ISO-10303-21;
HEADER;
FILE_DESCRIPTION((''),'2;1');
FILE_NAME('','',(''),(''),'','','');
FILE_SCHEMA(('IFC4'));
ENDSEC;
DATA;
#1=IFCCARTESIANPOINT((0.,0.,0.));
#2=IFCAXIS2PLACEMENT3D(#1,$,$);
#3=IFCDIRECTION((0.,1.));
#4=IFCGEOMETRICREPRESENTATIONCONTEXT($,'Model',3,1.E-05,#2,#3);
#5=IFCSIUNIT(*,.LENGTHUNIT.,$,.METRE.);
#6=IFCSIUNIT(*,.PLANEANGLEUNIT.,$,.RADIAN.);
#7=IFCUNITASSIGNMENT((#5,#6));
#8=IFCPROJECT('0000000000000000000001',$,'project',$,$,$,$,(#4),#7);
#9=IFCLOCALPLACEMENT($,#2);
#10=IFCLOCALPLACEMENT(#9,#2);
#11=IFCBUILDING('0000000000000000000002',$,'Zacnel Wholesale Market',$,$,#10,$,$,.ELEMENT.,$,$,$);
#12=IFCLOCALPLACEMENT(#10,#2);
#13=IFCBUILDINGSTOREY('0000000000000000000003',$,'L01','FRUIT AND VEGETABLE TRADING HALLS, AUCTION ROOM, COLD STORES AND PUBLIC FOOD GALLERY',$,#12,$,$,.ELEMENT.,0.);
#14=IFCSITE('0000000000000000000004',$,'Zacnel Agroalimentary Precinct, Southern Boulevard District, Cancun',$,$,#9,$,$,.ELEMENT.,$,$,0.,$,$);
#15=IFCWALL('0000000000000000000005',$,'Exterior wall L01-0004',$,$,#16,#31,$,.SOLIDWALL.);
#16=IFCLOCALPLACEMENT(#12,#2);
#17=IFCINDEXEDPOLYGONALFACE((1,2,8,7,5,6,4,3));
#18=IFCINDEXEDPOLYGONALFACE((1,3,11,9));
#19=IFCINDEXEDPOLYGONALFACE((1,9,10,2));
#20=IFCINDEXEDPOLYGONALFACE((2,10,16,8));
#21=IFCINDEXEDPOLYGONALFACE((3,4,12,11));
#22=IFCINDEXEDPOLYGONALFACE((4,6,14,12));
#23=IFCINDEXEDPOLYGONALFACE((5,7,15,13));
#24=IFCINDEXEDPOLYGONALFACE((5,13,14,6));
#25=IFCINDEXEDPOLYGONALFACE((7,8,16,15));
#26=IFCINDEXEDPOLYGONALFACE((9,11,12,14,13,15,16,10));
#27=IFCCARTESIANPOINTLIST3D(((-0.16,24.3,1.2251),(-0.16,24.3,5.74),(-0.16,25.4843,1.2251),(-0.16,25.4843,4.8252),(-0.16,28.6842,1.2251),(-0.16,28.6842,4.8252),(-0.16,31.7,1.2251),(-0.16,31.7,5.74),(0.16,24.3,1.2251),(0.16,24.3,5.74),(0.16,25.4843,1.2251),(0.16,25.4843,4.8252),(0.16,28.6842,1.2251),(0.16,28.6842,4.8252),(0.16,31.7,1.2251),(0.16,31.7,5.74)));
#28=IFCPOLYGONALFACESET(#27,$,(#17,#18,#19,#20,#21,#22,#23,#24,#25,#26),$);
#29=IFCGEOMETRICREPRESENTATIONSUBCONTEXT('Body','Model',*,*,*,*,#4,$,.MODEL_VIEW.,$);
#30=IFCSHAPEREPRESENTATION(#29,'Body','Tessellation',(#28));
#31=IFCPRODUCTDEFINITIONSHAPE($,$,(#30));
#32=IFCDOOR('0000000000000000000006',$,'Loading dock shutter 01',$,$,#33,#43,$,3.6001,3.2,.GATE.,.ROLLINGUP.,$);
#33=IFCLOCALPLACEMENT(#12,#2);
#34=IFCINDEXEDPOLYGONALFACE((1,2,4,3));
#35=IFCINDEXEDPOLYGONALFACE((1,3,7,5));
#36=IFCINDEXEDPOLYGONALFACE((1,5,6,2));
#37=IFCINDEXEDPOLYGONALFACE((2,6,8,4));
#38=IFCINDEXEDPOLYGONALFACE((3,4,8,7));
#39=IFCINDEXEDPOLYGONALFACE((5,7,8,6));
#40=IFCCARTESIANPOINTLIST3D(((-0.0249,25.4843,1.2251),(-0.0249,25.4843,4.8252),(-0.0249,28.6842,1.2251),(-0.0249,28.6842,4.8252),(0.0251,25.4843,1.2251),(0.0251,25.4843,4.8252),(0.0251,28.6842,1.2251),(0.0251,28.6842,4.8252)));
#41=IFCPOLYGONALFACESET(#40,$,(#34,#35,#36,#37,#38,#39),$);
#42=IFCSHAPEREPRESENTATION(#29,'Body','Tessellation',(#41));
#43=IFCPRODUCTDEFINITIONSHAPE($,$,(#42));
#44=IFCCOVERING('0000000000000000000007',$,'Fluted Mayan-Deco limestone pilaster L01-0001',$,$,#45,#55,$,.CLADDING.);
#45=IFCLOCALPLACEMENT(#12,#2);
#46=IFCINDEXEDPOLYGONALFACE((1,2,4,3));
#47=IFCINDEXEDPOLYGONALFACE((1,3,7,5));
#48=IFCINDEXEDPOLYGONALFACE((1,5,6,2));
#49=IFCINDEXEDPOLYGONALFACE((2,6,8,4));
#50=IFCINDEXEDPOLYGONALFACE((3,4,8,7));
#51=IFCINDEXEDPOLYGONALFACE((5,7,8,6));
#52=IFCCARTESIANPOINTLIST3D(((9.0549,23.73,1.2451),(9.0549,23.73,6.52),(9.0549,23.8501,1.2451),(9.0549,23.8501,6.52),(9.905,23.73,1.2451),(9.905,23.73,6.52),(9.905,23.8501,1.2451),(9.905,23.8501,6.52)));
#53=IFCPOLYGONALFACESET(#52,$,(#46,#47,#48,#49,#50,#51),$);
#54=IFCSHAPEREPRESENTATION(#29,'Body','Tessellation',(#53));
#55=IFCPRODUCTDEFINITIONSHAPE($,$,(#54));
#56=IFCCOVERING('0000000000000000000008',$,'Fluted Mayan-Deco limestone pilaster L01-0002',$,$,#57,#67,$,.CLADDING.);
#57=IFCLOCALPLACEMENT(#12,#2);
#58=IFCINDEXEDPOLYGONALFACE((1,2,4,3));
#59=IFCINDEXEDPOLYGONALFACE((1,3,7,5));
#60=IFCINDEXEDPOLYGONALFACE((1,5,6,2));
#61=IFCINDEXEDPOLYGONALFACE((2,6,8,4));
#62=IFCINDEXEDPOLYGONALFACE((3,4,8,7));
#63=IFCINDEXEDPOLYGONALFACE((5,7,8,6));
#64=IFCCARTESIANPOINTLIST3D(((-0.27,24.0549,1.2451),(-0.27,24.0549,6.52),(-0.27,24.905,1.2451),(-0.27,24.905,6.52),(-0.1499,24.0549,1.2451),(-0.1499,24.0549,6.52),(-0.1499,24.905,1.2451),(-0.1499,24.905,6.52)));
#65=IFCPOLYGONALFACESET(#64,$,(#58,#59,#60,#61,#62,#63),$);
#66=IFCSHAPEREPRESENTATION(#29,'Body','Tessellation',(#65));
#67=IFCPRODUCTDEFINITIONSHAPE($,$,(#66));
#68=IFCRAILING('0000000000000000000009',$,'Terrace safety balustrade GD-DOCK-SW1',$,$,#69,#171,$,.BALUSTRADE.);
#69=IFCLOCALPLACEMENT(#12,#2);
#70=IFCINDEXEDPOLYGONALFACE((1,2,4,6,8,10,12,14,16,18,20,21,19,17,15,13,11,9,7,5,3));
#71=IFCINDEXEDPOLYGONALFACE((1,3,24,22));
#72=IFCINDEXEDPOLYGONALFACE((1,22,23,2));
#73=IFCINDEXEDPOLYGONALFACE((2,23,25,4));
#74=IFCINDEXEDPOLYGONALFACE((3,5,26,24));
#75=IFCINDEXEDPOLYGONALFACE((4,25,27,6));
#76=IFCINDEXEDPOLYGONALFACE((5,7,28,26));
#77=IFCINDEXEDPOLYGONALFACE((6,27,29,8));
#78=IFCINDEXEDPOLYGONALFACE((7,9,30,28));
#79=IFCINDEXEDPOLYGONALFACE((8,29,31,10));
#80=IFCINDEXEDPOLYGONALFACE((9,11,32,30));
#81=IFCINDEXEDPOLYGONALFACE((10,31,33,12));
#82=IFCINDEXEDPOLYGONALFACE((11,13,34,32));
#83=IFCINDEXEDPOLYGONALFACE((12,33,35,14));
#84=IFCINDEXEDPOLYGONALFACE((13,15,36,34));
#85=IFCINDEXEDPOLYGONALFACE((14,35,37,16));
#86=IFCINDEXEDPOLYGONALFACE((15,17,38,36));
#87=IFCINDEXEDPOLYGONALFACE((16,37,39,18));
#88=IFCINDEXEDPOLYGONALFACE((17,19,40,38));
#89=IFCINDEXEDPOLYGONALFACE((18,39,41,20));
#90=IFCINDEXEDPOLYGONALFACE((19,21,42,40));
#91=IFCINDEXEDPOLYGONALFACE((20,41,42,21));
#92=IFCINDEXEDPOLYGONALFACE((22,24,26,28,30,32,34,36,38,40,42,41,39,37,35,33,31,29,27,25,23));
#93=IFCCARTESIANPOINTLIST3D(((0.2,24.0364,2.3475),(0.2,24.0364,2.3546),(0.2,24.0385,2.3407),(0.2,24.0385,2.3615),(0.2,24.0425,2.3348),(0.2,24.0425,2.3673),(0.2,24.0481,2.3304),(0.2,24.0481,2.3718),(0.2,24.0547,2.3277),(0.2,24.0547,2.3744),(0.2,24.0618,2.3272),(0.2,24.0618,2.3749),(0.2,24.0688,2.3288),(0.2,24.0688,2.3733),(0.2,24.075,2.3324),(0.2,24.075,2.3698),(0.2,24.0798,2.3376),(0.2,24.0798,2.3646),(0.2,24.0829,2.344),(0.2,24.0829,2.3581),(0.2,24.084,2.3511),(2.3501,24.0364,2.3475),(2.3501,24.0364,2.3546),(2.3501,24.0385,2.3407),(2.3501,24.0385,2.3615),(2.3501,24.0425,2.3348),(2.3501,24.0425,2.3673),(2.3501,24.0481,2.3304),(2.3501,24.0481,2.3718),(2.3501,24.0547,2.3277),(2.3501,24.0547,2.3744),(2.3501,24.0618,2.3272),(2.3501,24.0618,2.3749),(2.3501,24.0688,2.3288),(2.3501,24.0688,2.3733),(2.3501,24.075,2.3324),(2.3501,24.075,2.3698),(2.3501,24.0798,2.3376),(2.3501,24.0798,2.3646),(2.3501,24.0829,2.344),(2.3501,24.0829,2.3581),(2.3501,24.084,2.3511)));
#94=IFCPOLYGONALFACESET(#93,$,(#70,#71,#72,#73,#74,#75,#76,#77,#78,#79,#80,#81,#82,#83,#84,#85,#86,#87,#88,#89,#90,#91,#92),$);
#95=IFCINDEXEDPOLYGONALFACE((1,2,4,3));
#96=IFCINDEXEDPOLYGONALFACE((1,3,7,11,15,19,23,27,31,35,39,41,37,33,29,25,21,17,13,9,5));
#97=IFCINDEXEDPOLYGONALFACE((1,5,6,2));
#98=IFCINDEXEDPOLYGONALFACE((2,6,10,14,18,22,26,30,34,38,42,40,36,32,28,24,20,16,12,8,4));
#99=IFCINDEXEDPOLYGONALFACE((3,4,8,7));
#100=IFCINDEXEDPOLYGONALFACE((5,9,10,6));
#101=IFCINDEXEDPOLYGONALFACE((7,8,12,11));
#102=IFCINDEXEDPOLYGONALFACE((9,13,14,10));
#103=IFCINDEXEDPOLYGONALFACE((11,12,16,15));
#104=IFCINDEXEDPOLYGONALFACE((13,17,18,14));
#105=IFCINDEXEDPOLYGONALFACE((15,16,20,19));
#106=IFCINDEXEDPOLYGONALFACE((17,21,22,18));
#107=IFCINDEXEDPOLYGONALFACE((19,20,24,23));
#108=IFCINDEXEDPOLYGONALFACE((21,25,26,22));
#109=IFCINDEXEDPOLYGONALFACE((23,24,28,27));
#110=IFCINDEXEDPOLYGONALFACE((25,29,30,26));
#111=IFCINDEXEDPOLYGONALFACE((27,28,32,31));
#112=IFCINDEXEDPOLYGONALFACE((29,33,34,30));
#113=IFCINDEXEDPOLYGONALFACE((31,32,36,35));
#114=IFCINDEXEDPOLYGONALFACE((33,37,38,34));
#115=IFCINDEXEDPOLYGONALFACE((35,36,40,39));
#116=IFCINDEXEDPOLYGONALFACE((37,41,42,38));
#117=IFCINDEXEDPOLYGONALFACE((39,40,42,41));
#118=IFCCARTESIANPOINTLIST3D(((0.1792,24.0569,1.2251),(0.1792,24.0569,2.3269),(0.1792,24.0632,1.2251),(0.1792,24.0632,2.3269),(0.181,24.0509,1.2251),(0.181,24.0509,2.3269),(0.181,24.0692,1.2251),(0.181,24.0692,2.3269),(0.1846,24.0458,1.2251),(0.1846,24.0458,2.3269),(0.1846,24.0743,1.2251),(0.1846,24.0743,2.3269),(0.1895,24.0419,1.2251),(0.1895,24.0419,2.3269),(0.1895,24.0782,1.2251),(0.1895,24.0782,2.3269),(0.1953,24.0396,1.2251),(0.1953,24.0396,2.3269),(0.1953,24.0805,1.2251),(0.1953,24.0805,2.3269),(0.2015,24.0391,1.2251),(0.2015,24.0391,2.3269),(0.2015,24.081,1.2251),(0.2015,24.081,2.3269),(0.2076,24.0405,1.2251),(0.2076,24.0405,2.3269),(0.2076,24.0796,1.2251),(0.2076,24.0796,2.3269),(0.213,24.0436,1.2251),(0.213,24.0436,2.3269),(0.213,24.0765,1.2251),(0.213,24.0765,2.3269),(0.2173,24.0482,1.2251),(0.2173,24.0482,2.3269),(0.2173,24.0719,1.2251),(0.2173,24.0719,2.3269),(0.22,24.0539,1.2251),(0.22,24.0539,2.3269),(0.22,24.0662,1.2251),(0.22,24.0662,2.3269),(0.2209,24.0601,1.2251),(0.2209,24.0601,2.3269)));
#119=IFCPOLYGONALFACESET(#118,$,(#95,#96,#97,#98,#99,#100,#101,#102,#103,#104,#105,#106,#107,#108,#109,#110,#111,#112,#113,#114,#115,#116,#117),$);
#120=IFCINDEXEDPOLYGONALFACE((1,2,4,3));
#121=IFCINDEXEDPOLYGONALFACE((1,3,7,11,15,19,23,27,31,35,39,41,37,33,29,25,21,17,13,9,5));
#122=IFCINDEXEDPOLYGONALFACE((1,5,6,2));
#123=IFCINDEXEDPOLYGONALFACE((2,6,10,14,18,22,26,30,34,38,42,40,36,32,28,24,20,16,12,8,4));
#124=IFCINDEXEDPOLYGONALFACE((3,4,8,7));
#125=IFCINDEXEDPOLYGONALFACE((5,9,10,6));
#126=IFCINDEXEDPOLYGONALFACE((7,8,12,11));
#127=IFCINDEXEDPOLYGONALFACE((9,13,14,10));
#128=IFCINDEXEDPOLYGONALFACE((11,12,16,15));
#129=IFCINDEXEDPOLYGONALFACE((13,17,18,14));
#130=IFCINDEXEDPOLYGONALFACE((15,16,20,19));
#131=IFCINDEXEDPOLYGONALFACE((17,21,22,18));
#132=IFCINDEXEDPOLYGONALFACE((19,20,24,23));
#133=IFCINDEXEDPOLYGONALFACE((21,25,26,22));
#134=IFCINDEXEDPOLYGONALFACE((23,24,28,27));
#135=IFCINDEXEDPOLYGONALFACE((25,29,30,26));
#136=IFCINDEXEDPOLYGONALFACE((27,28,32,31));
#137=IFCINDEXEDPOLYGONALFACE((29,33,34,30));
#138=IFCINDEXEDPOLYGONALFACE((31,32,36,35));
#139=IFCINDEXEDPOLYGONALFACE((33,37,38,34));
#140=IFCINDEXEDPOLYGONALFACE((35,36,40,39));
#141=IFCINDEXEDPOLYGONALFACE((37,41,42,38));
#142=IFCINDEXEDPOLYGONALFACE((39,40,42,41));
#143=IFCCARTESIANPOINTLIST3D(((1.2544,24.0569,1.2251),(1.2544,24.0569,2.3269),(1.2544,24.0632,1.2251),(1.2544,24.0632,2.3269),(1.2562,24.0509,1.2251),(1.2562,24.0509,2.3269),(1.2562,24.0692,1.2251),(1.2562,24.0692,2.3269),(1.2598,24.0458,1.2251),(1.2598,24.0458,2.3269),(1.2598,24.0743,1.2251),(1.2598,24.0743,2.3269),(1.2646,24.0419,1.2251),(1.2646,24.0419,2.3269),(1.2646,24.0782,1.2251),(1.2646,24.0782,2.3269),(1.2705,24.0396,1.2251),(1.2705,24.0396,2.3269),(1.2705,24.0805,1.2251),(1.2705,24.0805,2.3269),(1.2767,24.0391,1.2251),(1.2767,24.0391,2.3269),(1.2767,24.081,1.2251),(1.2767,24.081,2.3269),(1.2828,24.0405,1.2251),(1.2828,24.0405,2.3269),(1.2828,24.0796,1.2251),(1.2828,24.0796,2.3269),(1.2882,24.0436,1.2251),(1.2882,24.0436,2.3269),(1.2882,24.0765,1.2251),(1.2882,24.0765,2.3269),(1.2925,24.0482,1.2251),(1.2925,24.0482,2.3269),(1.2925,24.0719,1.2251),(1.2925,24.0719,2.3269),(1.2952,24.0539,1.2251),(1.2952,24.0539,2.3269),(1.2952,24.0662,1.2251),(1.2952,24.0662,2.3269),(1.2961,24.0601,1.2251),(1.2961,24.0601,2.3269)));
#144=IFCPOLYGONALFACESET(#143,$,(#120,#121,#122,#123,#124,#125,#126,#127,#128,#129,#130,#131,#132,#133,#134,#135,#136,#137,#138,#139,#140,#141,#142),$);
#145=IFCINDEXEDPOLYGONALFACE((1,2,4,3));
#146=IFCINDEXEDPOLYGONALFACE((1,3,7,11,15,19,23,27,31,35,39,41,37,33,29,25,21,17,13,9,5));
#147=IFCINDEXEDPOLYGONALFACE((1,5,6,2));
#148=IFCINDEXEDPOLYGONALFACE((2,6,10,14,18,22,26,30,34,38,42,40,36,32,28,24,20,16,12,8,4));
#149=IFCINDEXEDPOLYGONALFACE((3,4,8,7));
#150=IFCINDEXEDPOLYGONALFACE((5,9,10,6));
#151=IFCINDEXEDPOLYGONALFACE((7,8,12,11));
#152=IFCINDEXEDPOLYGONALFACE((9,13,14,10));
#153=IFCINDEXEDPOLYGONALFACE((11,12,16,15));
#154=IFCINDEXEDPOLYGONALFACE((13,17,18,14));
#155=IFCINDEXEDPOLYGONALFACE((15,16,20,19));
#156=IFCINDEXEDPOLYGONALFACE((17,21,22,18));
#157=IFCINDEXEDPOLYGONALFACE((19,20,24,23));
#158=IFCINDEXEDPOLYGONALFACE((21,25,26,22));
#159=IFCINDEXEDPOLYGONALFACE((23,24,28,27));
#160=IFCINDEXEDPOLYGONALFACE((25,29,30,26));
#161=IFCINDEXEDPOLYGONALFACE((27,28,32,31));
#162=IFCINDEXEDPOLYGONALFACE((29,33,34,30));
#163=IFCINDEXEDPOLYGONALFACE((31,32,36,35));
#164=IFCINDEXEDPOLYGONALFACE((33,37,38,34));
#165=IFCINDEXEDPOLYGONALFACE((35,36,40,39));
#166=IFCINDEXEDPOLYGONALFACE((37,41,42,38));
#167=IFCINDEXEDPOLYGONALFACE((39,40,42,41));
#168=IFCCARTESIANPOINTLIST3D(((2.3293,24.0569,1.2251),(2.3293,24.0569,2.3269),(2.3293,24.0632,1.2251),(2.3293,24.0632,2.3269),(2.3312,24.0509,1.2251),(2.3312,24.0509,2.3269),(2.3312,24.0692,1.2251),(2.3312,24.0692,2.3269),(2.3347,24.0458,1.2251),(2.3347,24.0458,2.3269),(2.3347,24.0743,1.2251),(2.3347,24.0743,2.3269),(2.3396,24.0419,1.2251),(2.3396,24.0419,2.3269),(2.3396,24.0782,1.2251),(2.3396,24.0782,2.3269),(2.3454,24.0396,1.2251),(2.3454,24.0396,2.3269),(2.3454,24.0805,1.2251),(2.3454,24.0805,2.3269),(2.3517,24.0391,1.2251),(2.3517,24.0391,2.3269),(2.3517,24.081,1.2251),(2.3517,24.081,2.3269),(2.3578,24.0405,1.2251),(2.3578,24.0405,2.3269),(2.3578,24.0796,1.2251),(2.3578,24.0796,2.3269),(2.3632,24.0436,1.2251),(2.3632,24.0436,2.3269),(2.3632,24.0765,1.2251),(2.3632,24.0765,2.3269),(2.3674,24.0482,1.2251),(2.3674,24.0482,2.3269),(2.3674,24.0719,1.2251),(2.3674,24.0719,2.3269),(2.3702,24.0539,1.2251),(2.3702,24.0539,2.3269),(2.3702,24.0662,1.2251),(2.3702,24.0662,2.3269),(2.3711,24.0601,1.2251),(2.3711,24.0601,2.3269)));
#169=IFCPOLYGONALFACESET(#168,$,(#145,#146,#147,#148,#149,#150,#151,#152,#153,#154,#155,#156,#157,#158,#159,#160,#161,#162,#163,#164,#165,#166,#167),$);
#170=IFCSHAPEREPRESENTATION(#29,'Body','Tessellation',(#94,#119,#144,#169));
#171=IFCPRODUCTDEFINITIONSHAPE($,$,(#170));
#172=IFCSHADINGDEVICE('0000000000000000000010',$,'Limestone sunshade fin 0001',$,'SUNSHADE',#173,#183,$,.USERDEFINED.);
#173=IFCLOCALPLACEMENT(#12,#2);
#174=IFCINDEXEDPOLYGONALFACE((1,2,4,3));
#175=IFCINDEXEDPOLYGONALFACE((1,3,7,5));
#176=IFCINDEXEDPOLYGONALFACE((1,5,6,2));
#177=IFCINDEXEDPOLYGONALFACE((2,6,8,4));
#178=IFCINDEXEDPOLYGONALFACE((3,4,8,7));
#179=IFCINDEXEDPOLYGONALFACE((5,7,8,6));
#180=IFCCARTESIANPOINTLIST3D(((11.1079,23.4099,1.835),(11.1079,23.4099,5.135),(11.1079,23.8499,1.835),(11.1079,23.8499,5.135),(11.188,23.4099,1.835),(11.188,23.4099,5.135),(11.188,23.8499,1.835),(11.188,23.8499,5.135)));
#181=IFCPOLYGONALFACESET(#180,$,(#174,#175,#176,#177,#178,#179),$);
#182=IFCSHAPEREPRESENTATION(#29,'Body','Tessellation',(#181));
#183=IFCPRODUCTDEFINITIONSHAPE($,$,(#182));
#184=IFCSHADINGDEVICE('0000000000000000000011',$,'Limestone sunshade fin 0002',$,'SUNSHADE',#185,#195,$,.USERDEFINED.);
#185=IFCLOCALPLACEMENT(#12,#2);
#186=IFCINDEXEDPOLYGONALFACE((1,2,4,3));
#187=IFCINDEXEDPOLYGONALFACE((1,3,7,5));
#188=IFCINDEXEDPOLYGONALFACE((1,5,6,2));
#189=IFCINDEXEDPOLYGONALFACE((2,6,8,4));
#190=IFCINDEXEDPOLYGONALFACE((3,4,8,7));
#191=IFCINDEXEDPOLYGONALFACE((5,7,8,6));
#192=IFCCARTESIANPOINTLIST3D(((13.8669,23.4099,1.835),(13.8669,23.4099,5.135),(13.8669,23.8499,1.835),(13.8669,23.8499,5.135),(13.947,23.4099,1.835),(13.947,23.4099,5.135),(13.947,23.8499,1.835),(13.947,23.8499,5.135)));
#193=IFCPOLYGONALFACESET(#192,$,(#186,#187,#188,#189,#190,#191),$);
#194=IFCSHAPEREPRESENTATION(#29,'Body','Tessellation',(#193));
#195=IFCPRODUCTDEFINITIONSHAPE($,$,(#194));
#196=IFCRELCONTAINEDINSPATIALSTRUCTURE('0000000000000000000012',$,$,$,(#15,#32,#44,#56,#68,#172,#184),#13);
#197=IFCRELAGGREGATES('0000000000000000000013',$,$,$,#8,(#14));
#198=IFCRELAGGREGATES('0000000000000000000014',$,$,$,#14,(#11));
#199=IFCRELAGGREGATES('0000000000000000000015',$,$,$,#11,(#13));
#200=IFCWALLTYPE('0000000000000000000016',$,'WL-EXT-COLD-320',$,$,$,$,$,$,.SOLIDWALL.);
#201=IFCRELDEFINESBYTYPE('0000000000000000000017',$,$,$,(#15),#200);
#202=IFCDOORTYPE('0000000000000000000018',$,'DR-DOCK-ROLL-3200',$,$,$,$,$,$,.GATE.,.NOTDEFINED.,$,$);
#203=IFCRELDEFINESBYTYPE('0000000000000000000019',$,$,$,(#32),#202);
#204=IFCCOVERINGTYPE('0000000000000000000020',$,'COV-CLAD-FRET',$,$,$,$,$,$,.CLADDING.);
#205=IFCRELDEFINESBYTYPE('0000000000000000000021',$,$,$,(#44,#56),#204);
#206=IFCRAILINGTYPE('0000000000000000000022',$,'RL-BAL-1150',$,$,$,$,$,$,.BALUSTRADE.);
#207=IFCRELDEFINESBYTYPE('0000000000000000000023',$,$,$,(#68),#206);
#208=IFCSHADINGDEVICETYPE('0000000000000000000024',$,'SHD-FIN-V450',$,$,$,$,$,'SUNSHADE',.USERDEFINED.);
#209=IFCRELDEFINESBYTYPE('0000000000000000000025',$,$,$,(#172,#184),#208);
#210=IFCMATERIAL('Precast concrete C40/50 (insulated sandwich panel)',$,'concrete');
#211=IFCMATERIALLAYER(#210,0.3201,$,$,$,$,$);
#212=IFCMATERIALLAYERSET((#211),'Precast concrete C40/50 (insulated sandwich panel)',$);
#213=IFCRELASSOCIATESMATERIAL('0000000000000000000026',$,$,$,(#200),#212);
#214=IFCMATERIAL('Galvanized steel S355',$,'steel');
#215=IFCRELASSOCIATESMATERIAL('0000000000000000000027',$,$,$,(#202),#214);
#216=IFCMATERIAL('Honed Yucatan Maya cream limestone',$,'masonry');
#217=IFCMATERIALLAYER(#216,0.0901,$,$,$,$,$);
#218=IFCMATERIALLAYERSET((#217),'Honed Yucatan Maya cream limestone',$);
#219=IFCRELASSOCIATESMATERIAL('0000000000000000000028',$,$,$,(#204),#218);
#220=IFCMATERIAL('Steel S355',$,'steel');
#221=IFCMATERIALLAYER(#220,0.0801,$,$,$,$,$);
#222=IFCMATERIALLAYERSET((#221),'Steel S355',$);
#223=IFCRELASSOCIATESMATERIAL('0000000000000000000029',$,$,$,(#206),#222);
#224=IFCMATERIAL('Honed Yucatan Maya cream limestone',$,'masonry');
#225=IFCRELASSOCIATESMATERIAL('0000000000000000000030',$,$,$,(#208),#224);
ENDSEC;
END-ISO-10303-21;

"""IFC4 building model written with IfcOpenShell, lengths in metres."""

from ifc_helpers import new_model, si_unit, direction, frame, frame_2d, origin, origin_2d, place, context, subcontext, project, spatial, rectangle, circle, extrude, material, layer, layer_set, type_object, element, fill, save


model = new_model("IFC4")

# Units and contexts
model_context = context("Model", 3, precision=1e-05, world=origin(), true_north=direction((0.0, 1.0)))
body_context = subcontext(model_context, "Body", "Model", "MODEL_VIEW")
ifc_project = project(units=[si_unit("LENGTHUNIT", "METRE"), si_unit("PLANEANGLEUNIT", "RADIAN")], contexts=[model_context])

# Site, building, storey
site_placement = place(None, origin())
site = spatial("IfcSite", under=ifc_project, at=site_placement, Name="Zacnel Agroalimentary Precinct, Southern Boulevard District, Cancun", CompositionType="ELEMENT", RefElevation=0.0)
building_placement = place(site_placement, origin())
building = spatial("IfcBuilding", under=site, at=building_placement, Name="Zacnel Wholesale Market", CompositionType="ELEMENT")
storey_placement = place(building_placement, origin())
storey = spatial("IfcBuildingStorey", under=building, at=storey_placement, Name="L01", Description="FRUIT AND VEGETABLE TRADING HALLS, AUCTION ROOM, COLD STORES AND PUBLIC FOOD GALLERY", CompositionType="ELEMENT", Elevation=0.0)

# Shared definitions
ifc_material_1 = material(Name="Precast concrete C40/50 (insulated sandwich panel)", Category="concrete")
ifc_layer_1 = layer(ifc_material_1, 0.3201)
ifc_layer_set_1 = layer_set([ifc_layer_1], Name="Precast concrete C40/50 (insulated sandwich panel)")
wall_type_1 = type_object("IfcWallType", Name="WL-EXT-COLD-320", PredefinedType="SOLIDWALL", material=ifc_layer_set_1)

# Wall, opening, door
wall_1_placement = place(storey_placement, frame((0.0, 24.3, 1.2251), z_axis=(0.0, 0.0, 1.0), x_axis=(0.0, 1.0, 0.0)))
wall_1 = element("IfcWall", 1, at=wall_1_placement, inside=storey, type_object=wall_type_1, Name="Exterior wall L01-0004", PredefinedType="SOLIDWALL", context=body_context, shape_type="SweptSolid", body=[
    extrude(rectangle(XDim=7.3999, YDim=0.3201, at=frame_2d((3.7, 0.0))), origin(), (0.0, 0.0, 1.0), 4.5149),
])
opening_1_placement = place(wall_1_placement, frame((1.1841, 0.0, 0.0)))
opening_1 = element("IfcOpeningElement", 2, at=opening_1_placement, cuts=wall_1, PredefinedType="OPENING", context=body_context, shape_type="SweptSolid", body=[
    extrude(rectangle(XDim=3.2, YDim=3.6001, at=frame_2d((1.6001, 1.8))), frame((0.0, 0.1699, 0.0), z_axis=(0.0, -1.0, 0.0), x_axis=(1.0, 0.0, 0.0)), (0.0, 0.0, 1.0), 0.3401),
])
ifc_material_2 = material(Name="Galvanized steel S355", Category="steel")
door_type = type_object("IfcDoorType", Name="DR-DOCK-ROLL-3200", OperationType="NOTDEFINED", PredefinedType="GATE", material=ifc_material_2)
door_placement = place(opening_1_placement, origin())
door = element("IfcDoor", 3, at=door_placement, inside=storey, type_object=door_type, Name="Loading dock shutter 01", OperationType="ROLLINGUP", OverallHeight=3.6001, OverallWidth=3.2, PredefinedType="GATE", context=body_context, shape_type="SweptSolid", body=[
    extrude(rectangle(XDim=3.2, YDim=3.6001, at=frame_2d((1.6001, 1.8))), frame((0.0, 0.0249, 0.0), z_axis=(0.0, -1.0, 0.0), x_axis=(1.0, 0.0, 0.0)), (0.0, 0.0, 1.0), 0.05),
])
fill(opening_1, door)

# Coverings
ifc_material_3 = material(Name="Honed Yucatan Maya cream limestone", Category="masonry")
ifc_layer_2 = layer(ifc_material_3, 0.0901)
ifc_layer_set_2 = layer_set([ifc_layer_2], Name="Honed Yucatan Maya cream limestone")
covering_type = type_object("IfcCoveringType", Name="COV-CLAD-FRET", PredefinedType="CLADDING", material=ifc_layer_set_2)
for number, where, z_axis, x_axis, name in (
    (4, (9.48, 23.79, 1.2451), (0.0, 0.0, 1.0), (1.0, 0.0, 0.0), "Fluted Mayan-Deco limestone pilaster L01-0001"),
    (5, (-0.21, 24.48, 1.2451), (0.0, 0.0, 1.0), (0.0, 1.0, 0.0), "Fluted Mayan-Deco limestone pilaster L01-0002"),
):
    element("IfcCovering", number, at=place(storey_placement, frame(where, z_axis=z_axis, x_axis=x_axis)), inside=storey, type_object=covering_type, Name=name, PredefinedType="CLADDING", context=body_context, shape_type="SweptSolid", body=[
        extrude(rectangle(XDim=0.8501, YDim=0.1201, at=origin_2d()), origin(), (0.0, 0.0, 1.0), 5.2749),
    ])

# Railing
ifc_material_4 = material(Name="Steel S355", Category="steel")
ifc_layer_3 = layer(ifc_material_4, 0.0801)
ifc_layer_set_3 = layer_set([ifc_layer_3], Name="Steel S355")
railing_type = type_object("IfcRailingType", Name="RL-BAL-1150", PredefinedType="BALUSTRADE", material=ifc_layer_set_3)
railing_1_placement = place(storey_placement, frame((0.2, 24.0601, 1.2251)))
element("IfcRailing", 6, at=railing_1_placement, inside=storey, type_object=railing_type, Name="Terrace safety balustrade GD-DOCK-SW1", PredefinedType="BALUSTRADE", context=body_context, shape_type="SweptSolid", body=[
    extrude(circle(Radius=0.0239, at=origin_2d()), frame((0.0, 0.0, 1.126), z_axis=(1.0, 0.0, 0.0), x_axis=(0.0, 1.0, 0.0)), (0.0, 0.0, 1.0), 2.1501),
    extrude(circle(Radius=0.021, at=origin_2d()), origin(), (0.0, 0.0, 1.0), 1.1018),
    extrude(circle(Radius=0.021, at=origin_2d()), frame((1.0752, 0.0, 0.0)), (0.0, 0.0, 1.0), 1.1018),
    extrude(circle(Radius=0.021, at=origin_2d()), frame((2.1501, 0.0, 0.0)), (0.0, 0.0, 1.0), 1.1018),
])

# Shading devices
ifc_material_5 = material(Name="Honed Yucatan Maya cream limestone", Category="masonry")
shading_device_type = type_object("IfcShadingDeviceType", Name="SHD-FIN-V450", ElementType="SUNSHADE", PredefinedType="USERDEFINED", material=ifc_material_5)
for number, where, z_axis, x_axis, name in (
    (7, (11.1479, 23.6299, 1.835), (0.0, 0.0, 1.0), (1.0, 0.0, 0.0), "Limestone sunshade fin 0001"),
    (8, (13.907, 23.6299, 1.835), (0.0, 0.0, 1.0), (1.0, 0.0, 0.0), "Limestone sunshade fin 0002"),
):
    element("IfcShadingDevice", number, at=place(storey_placement, frame(where, z_axis=z_axis, x_axis=x_axis)), inside=storey, type_object=shading_device_type, Name=name, ObjectType="SUNSHADE", PredefinedType="USERDEFINED", context=body_context, shape_type="SweptSolid", body=[
        extrude(rectangle(XDim=0.0801, YDim=0.4399, at=origin_2d()), origin(), (0.0, 0.0, 1.0), 3.3),
    ])

save(model, "model.ifc")
